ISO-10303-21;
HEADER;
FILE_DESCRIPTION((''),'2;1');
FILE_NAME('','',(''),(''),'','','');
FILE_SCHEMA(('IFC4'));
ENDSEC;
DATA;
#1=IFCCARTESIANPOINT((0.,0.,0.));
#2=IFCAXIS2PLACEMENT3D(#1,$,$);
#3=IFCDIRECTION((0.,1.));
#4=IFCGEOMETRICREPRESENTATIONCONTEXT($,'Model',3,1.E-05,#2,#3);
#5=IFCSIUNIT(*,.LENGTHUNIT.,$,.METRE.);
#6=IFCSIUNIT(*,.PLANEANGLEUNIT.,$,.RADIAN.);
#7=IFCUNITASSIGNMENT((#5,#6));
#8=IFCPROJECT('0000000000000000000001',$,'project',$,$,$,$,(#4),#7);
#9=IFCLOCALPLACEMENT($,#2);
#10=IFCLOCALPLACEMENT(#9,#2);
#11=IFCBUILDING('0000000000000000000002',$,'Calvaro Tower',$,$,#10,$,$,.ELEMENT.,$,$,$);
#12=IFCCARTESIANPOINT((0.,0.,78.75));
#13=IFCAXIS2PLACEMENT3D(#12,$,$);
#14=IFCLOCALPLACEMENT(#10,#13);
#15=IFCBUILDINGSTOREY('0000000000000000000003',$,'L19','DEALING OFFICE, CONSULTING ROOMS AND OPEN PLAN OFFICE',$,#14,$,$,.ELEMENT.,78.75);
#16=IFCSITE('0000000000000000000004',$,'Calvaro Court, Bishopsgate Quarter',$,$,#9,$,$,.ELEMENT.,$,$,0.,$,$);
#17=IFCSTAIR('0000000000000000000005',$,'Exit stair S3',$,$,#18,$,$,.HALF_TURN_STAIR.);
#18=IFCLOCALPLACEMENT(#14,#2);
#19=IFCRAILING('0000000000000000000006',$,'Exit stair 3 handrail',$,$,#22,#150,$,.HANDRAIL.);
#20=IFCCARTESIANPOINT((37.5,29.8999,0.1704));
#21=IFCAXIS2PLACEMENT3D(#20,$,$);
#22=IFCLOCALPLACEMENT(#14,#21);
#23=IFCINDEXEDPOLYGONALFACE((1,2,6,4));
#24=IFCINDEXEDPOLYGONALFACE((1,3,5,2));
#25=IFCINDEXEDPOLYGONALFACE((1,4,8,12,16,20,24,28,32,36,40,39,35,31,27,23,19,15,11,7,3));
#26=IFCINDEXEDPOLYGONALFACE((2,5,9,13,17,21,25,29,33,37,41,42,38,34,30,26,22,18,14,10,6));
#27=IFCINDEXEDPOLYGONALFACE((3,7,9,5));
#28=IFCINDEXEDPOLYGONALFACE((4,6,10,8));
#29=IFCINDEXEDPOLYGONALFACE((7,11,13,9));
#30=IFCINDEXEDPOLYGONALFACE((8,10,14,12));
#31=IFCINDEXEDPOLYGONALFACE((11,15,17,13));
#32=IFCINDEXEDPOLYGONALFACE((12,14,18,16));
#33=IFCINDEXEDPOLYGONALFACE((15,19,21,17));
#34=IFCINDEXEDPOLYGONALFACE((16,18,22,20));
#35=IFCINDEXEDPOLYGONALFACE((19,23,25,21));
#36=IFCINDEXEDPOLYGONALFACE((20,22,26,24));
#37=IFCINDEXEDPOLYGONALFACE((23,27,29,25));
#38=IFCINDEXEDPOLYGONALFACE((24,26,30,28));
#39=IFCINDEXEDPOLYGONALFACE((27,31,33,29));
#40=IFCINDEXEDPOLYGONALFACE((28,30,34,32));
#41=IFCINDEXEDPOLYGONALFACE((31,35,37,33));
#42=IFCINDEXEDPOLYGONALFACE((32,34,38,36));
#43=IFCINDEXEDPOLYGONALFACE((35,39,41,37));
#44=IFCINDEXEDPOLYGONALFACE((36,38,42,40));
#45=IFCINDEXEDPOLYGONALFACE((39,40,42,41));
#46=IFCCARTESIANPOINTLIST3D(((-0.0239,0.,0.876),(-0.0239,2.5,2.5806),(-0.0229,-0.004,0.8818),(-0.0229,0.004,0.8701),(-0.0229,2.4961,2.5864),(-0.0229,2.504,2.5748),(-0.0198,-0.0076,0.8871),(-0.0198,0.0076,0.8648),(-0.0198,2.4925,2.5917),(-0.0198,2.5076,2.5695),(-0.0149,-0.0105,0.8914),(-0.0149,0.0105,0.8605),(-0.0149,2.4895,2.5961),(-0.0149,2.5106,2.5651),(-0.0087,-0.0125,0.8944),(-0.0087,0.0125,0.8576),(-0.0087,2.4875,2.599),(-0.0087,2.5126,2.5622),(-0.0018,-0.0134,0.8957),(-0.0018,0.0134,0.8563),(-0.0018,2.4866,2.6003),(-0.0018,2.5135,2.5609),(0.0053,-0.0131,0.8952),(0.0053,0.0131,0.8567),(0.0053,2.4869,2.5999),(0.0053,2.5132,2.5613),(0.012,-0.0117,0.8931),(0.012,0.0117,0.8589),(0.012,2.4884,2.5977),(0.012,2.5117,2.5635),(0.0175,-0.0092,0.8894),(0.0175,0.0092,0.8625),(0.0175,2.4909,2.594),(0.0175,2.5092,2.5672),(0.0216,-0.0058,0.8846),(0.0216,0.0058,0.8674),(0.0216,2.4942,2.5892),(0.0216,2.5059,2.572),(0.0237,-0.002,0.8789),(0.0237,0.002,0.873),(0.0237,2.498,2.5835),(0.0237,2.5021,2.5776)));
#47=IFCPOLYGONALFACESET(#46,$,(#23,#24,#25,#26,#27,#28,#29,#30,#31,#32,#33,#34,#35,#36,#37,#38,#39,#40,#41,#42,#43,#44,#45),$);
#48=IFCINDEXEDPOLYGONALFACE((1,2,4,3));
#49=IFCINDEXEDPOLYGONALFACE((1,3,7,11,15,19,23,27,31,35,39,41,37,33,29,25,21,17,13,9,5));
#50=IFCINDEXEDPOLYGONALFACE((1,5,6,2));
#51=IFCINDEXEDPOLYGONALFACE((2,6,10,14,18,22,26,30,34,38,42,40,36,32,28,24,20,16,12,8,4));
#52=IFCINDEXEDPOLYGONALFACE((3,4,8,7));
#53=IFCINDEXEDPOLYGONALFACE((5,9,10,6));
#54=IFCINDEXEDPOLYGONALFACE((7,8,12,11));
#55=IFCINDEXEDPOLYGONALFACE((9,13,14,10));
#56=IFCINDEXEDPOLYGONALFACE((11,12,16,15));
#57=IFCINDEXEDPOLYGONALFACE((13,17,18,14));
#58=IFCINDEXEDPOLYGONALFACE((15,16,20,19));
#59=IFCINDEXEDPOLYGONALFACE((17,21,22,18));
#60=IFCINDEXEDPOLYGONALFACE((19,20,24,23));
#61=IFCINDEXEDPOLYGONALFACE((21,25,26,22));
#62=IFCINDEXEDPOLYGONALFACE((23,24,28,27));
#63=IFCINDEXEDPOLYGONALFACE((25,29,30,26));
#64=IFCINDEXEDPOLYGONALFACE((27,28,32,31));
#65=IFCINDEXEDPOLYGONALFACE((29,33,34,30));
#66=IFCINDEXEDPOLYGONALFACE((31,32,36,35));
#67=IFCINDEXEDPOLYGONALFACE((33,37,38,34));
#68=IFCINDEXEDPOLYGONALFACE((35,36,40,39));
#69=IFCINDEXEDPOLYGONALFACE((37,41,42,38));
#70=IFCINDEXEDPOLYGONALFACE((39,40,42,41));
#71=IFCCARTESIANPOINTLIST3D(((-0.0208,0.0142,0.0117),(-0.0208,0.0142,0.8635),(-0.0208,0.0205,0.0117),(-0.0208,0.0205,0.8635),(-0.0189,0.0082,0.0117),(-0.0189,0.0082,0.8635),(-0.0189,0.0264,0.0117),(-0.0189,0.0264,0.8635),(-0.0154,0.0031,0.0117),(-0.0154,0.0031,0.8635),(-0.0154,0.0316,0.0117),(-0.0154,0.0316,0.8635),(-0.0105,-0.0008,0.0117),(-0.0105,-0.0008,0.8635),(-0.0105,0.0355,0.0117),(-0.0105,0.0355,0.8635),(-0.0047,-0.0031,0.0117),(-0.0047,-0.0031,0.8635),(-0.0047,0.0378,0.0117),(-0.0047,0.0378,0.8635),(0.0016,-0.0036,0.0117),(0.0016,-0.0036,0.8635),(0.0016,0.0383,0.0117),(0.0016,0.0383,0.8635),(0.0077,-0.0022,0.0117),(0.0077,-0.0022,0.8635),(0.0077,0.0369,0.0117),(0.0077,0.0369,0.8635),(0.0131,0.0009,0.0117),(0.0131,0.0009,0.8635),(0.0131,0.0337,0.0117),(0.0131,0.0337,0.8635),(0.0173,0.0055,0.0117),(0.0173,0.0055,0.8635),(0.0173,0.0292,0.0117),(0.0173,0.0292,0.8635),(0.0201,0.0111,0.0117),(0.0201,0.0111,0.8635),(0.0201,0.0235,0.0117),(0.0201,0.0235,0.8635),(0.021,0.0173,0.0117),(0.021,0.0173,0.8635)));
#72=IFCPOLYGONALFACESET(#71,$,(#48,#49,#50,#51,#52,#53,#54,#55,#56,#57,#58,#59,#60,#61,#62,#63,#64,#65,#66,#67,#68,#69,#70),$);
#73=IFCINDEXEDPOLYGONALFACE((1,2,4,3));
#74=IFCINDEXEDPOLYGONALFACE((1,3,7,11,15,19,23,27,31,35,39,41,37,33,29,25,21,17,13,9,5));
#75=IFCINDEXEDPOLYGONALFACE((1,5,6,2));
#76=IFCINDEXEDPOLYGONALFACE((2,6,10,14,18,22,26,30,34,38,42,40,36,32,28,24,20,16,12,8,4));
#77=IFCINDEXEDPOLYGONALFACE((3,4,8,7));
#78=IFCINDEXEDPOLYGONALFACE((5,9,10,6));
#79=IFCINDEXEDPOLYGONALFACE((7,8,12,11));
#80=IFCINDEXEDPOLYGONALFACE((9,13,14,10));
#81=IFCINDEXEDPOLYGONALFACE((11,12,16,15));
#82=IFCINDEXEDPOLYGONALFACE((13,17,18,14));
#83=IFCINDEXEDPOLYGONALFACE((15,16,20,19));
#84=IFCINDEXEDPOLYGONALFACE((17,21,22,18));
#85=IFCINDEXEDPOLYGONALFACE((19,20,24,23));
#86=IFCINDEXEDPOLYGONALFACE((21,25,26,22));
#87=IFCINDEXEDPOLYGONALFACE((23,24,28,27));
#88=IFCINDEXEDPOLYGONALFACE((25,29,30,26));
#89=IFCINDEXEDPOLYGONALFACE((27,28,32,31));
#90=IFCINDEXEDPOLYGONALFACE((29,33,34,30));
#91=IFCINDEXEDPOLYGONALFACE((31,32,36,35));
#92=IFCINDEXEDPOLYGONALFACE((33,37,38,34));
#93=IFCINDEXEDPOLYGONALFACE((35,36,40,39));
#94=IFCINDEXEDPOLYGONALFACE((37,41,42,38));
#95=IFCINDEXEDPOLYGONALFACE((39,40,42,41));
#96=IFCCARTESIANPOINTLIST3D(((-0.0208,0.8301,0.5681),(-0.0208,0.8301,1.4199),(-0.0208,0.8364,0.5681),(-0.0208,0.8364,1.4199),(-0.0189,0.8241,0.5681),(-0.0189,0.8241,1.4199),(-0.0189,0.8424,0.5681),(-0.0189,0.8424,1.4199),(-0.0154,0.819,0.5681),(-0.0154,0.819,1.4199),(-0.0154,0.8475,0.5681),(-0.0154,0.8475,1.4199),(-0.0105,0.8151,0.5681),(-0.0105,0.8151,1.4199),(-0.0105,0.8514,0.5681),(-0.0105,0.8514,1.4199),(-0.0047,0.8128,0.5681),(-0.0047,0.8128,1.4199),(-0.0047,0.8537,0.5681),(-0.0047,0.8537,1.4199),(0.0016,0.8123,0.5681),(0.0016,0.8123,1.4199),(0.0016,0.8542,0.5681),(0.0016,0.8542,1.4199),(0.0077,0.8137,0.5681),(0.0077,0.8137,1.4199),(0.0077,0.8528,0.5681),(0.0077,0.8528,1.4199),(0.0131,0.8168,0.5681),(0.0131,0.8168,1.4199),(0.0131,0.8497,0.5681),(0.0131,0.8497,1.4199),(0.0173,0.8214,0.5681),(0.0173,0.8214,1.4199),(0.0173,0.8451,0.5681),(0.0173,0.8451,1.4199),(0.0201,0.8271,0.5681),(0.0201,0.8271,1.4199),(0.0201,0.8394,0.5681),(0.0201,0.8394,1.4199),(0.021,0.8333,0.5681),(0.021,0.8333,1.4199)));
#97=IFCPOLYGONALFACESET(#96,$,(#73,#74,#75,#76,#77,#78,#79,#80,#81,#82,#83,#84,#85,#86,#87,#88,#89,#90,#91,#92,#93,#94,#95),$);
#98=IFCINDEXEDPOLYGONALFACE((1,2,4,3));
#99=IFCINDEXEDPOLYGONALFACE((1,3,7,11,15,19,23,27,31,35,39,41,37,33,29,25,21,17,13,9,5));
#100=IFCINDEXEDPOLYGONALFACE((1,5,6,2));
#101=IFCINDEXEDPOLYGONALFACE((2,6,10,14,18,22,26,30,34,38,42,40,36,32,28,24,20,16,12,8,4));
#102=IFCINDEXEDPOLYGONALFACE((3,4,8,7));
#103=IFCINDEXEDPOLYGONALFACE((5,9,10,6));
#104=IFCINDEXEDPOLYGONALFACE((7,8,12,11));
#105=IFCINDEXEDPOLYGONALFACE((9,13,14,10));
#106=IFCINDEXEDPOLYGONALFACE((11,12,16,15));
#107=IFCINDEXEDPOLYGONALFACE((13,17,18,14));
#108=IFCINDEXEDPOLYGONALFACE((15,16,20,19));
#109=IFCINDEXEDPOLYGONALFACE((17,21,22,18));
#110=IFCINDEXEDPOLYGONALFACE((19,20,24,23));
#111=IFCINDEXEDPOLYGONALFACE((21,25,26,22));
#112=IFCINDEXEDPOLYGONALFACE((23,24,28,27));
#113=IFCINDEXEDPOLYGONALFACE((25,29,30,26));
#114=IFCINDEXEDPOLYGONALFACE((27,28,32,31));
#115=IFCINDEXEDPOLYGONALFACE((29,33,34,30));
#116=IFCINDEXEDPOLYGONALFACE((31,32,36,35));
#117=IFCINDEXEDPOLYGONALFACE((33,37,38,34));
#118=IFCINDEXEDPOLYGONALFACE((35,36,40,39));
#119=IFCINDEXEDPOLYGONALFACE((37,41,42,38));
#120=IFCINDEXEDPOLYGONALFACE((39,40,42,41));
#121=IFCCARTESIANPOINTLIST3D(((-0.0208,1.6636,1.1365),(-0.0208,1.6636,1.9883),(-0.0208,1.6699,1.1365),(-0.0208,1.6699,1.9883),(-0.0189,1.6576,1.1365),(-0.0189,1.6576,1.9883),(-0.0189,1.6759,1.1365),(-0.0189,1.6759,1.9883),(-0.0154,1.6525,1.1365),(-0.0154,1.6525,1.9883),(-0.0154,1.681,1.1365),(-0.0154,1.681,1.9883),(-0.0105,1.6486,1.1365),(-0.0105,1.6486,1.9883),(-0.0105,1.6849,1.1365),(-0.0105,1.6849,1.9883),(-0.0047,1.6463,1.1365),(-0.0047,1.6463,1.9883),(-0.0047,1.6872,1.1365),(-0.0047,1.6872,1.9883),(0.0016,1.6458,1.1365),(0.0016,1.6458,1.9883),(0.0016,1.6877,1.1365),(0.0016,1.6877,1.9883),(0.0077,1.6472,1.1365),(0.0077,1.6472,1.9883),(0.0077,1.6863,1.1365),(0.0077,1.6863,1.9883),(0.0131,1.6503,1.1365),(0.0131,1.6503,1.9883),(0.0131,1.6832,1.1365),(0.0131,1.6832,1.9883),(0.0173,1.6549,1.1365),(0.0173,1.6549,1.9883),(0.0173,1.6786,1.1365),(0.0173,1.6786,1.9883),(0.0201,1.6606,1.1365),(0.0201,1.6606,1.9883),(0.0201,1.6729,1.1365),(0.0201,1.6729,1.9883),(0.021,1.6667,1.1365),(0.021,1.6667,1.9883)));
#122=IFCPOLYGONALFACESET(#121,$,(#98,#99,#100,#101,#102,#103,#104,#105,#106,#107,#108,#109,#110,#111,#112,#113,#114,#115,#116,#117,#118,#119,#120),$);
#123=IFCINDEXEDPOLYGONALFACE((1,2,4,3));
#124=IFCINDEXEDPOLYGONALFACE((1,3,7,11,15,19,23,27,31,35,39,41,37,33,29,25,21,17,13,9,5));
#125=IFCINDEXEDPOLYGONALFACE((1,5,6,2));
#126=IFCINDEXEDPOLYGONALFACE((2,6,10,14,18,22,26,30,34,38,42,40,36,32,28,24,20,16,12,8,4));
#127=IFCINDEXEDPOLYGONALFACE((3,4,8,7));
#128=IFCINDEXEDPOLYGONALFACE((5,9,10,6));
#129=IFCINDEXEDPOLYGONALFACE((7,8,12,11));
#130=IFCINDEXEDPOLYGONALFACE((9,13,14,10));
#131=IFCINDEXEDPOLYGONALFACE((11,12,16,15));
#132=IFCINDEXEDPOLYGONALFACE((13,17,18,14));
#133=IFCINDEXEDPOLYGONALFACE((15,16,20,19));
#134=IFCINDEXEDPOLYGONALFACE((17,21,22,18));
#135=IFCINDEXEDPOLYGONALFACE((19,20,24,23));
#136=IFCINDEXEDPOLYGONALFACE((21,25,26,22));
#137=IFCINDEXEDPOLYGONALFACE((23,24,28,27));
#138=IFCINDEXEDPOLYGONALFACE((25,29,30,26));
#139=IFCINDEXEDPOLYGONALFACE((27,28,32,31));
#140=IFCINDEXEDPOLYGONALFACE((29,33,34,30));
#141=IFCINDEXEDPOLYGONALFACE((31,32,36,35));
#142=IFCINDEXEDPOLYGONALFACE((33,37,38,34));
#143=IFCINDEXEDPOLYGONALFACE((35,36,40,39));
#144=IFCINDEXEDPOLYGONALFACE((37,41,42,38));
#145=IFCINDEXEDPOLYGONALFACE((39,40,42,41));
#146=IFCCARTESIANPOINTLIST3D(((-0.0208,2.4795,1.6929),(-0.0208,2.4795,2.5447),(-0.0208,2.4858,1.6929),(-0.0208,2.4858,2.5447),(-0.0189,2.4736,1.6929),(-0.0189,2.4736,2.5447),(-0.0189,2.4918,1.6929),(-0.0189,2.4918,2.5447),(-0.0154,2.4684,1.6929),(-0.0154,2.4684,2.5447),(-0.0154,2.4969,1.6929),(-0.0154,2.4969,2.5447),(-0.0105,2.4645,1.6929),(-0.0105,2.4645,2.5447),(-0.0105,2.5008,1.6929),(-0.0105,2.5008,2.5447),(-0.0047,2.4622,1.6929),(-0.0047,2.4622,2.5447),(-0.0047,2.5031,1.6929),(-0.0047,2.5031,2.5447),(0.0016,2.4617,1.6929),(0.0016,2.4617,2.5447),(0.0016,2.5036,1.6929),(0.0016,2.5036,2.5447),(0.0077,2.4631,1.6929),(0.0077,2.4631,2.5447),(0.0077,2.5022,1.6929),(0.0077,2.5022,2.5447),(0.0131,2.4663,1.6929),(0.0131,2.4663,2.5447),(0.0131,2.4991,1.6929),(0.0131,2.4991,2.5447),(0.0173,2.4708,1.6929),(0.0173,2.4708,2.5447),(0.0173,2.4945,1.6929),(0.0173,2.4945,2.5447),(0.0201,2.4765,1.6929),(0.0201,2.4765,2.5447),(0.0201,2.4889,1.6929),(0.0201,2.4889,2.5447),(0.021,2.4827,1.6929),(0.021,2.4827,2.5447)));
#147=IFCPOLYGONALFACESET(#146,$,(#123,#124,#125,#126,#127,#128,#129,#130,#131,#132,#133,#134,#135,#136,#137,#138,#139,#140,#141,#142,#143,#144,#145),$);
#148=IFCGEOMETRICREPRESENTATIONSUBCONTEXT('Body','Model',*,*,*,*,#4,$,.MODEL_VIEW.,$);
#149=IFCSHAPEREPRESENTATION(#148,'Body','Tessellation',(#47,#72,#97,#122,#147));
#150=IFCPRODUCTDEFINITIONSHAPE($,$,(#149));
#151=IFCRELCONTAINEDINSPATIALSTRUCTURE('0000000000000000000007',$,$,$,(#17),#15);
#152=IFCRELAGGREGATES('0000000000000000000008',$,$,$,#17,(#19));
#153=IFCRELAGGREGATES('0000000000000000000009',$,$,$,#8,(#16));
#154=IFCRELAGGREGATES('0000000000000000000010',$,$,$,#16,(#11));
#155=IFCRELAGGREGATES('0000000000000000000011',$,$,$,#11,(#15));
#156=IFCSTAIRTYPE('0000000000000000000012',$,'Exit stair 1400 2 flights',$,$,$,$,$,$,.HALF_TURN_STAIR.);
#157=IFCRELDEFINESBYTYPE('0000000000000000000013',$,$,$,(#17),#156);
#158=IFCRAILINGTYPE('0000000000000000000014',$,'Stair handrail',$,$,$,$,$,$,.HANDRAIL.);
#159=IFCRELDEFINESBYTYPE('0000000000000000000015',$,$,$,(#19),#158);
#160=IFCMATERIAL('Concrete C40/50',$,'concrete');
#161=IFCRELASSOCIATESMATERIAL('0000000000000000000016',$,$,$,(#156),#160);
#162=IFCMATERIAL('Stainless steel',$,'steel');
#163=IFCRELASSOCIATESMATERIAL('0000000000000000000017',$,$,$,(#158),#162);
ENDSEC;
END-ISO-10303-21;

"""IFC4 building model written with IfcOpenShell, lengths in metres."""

from ifc_helpers import new_model, si_unit, direction, frame, origin, origin_2d, place, context, subcontext, project, spatial, circle, extrude, material, type_object, element, aggregate, save


model = new_model("IFC4")

# Units and contexts
model_context = context("Model", 3, precision=1e-05, world=origin(), true_north=direction((0.0, 1.0)))
body_context = subcontext(model_context, "Body", "Model", "MODEL_VIEW")
ifc_project = project(units=[si_unit("LENGTHUNIT", "METRE"), si_unit("PLANEANGLEUNIT", "RADIAN")], contexts=[model_context])

# Site, building, storey
site_placement = place(None, origin())
site = spatial("IfcSite", under=ifc_project, at=site_placement, Name="Calvaro Court, Bishopsgate Quarter", CompositionType="ELEMENT", RefElevation=0.0)
building_placement = place(site_placement, origin())
building = spatial("IfcBuilding", under=site, at=building_placement, Name="Calvaro Tower", CompositionType="ELEMENT")
storey_placement = place(building_placement, frame((0.0, 0.0, 78.75)))
storey = spatial("IfcBuildingStorey", under=building, at=storey_placement, Name="L19", Description="DEALING OFFICE, CONSULTING ROOMS AND OPEN PLAN OFFICE", CompositionType="ELEMENT", Elevation=78.75)

# Stair
ifc_material_1 = material(Name="Concrete C40/50", Category="concrete")
stair_type = type_object("IfcStairType", Name="Exit stair 1400 2 flights", PredefinedType="HALF_TURN_STAIR", material=ifc_material_1)
stair_1_placement = place(storey_placement, origin())
stair_1 = element("IfcStair", 1, at=stair_1_placement, inside=storey, type_object=stair_type, Name="Exit stair S3", PredefinedType="HALF_TURN_STAIR")

# Railing
ifc_material_2 = material(Name="Stainless steel", Category="steel")
railing_type = type_object("IfcRailingType", Name="Stair handrail", PredefinedType="HANDRAIL", material=ifc_material_2)
railing_1_placement = place(storey_placement, frame((37.5, 29.8999, 0.1704)))
railing_1 = element("IfcRailing", 2, at=railing_1_placement, type_object=railing_type, Name="Exit stair 3 handrail", PredefinedType="HANDRAIL", context=body_context, shape_type="SweptSolid", body=[
    extrude(circle(Radius=0.0239, at=origin_2d()), frame((0.0, 0.0, 0.876), z_axis=(0.0, 0.826221, 0.563347), x_axis=(-1.0, 0.0, 0.0)), (0.0, 0.0, 1.0), 3.0259),
    extrude(circle(Radius=0.021, at=origin_2d()), frame((0.0, 0.0173, 0.0117)), (0.0, 0.0, 1.0), 0.8518),
    extrude(circle(Radius=0.021, at=origin_2d()), frame((0.0, 0.8333, 0.5681)), (0.0, 0.0, 1.0), 0.8518),
    extrude(circle(Radius=0.021, at=origin_2d()), frame((0.0, 1.6667, 1.1365)), (0.0, 0.0, 1.0), 0.8518),
    extrude(circle(Radius=0.021, at=origin_2d()), frame((0.0, 2.4827, 1.6929)), (0.0, 0.0, 1.0), 0.8518),
])
aggregate(stair_1, [railing_1])

save(model, "model.ifc")
